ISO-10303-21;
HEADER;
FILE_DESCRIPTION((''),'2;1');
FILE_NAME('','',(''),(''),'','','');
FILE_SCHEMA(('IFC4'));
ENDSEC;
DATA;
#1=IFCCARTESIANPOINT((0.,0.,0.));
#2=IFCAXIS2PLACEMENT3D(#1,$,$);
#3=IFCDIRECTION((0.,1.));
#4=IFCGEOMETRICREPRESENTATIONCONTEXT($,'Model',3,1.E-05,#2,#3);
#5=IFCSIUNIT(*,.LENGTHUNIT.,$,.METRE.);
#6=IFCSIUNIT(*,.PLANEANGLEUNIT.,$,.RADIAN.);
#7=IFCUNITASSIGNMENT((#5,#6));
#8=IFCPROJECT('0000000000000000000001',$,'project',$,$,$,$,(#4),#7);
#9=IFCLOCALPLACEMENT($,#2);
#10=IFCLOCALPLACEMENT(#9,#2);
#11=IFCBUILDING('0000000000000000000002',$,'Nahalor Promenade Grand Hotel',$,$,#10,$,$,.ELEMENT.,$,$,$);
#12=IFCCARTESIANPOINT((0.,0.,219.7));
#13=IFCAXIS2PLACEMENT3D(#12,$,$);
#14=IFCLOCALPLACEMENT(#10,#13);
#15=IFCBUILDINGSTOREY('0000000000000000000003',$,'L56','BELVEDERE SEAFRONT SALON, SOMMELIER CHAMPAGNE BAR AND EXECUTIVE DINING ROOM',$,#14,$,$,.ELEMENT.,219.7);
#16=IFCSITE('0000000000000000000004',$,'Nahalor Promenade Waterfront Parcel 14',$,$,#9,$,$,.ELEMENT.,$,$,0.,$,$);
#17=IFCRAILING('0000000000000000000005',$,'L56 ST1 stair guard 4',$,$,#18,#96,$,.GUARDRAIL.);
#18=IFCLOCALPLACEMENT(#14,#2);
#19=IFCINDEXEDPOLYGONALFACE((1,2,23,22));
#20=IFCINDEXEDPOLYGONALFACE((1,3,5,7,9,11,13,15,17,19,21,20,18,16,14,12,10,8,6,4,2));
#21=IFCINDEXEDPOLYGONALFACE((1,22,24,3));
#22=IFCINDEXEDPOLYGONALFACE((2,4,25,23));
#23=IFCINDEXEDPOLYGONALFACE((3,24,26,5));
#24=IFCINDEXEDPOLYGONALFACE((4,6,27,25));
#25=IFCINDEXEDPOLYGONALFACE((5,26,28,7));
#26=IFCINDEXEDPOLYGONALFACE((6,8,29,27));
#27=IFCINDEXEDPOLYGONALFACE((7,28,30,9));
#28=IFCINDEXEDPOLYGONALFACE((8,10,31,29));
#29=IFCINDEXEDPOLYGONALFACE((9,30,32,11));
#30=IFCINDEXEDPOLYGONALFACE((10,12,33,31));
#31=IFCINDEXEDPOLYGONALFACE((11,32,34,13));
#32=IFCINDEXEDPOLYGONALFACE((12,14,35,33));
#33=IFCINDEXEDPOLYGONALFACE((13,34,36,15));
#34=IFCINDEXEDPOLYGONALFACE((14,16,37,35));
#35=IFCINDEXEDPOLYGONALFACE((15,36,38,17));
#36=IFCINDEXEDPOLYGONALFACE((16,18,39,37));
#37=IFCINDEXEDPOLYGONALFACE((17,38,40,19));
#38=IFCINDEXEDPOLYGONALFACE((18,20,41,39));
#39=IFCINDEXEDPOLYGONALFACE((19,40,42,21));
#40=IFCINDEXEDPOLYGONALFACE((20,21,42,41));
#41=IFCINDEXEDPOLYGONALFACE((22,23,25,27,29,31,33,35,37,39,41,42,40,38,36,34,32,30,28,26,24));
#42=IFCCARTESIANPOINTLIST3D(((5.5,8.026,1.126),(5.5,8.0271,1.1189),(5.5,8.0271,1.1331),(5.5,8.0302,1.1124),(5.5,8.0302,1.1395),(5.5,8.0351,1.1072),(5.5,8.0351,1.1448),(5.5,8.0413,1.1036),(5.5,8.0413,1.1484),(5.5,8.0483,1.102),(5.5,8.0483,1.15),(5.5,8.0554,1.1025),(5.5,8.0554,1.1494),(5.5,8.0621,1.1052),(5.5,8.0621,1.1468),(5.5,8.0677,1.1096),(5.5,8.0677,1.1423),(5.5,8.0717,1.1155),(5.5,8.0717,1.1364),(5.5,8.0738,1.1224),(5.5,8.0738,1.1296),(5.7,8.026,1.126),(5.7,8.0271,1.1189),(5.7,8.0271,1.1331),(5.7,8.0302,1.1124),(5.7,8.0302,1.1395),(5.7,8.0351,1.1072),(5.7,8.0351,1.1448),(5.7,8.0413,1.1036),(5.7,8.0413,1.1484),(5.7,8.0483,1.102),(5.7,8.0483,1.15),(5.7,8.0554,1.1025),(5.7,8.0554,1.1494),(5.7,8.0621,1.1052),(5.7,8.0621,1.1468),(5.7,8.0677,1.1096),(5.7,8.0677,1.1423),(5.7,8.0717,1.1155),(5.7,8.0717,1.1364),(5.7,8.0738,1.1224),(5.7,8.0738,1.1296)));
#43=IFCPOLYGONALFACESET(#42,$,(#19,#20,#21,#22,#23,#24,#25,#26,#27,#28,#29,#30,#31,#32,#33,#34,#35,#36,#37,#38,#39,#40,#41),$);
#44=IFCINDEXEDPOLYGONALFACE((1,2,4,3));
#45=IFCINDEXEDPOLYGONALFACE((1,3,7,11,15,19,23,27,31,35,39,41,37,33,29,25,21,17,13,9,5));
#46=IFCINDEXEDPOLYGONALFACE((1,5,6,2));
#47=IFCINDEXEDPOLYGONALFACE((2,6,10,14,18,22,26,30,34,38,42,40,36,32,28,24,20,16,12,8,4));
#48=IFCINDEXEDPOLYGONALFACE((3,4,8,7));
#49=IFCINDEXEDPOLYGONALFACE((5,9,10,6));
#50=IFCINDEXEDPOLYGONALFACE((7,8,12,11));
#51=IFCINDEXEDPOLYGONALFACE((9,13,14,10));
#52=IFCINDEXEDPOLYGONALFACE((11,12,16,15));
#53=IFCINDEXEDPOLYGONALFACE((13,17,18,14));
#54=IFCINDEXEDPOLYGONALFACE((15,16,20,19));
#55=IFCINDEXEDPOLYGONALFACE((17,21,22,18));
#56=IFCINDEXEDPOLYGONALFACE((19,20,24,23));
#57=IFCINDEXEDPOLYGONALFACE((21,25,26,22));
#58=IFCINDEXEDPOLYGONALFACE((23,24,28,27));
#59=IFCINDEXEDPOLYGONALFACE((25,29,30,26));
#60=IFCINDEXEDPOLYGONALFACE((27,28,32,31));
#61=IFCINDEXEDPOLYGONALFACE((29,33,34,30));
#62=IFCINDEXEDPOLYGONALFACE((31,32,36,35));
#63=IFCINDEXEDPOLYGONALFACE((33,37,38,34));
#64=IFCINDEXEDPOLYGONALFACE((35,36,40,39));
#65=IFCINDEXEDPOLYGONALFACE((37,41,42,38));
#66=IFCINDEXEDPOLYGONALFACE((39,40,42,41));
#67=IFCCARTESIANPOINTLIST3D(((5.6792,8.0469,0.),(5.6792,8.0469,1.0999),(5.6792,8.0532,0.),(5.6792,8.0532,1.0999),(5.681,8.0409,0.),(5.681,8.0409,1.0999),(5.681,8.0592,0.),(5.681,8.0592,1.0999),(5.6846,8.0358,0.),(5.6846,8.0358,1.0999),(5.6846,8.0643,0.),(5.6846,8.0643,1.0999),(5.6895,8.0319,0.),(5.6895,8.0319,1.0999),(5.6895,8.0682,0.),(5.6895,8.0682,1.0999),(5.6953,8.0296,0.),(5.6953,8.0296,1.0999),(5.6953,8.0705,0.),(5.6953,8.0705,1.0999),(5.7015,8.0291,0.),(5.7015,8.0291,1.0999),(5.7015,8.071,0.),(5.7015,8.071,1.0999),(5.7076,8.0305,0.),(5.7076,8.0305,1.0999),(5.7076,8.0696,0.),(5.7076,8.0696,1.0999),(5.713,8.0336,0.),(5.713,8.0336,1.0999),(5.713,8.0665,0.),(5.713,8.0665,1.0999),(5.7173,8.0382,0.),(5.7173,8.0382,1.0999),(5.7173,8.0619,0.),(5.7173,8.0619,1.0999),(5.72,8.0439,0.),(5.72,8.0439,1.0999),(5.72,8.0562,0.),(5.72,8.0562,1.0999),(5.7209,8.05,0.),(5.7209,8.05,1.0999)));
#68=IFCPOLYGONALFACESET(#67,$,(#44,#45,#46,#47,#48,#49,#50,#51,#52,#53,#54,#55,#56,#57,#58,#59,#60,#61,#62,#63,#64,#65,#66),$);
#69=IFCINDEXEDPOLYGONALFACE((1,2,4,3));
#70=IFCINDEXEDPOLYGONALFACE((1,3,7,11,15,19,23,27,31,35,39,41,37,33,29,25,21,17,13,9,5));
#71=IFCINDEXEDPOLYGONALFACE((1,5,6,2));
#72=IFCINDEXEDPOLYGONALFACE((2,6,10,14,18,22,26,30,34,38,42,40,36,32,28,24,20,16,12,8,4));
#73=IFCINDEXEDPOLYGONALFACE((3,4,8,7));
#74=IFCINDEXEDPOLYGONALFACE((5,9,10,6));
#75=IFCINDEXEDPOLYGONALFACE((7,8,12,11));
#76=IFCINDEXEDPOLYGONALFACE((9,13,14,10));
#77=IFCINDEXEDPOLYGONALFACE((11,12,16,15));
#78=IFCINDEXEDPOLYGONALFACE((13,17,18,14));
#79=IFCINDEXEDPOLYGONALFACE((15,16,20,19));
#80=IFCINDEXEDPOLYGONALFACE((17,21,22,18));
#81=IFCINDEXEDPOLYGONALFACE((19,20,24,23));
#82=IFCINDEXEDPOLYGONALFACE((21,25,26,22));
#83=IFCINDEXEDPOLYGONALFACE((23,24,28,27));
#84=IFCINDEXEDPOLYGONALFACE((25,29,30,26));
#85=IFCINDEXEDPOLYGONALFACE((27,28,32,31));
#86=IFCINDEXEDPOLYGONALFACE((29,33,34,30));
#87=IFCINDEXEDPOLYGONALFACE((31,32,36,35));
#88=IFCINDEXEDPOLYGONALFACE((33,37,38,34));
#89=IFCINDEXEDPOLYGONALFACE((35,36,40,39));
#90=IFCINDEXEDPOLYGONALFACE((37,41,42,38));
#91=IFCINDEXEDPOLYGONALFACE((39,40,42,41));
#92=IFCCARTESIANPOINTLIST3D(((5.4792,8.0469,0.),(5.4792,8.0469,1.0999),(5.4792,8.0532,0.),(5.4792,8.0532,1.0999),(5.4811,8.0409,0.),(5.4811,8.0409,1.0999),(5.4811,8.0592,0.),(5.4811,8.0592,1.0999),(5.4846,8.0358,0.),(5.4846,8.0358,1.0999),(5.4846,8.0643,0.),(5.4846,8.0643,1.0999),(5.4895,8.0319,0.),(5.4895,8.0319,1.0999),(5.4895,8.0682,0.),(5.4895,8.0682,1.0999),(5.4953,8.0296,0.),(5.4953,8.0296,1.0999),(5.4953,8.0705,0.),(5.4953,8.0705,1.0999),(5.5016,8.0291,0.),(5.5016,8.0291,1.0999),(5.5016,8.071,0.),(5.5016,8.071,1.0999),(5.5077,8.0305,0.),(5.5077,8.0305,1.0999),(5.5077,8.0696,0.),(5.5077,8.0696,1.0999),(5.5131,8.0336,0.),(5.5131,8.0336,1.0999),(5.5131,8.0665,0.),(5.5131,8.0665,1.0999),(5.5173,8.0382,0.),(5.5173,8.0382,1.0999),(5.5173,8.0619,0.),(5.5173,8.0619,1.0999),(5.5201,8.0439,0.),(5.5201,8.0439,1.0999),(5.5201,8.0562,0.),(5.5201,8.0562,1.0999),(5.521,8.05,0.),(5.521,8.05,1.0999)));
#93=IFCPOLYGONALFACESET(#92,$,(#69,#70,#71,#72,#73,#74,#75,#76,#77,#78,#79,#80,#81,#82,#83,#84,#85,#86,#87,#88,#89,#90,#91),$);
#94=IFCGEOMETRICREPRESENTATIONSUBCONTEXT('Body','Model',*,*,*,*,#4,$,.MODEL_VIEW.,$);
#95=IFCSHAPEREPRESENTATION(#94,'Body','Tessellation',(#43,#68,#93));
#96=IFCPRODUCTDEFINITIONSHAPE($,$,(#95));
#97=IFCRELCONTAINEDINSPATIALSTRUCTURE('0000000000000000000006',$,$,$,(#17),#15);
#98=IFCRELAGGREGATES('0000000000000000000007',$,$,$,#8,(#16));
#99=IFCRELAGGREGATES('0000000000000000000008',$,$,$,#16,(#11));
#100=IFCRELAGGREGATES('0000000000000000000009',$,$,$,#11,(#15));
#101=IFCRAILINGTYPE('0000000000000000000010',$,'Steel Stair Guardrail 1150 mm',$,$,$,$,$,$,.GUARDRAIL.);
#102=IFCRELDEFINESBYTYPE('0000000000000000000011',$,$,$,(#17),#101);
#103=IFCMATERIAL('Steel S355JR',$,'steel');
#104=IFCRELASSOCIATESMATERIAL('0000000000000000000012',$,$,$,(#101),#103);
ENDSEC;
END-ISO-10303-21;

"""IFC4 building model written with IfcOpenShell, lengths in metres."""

from ifc_helpers import new_model, si_unit, direction, frame, origin, origin_2d, place, context, subcontext, project, spatial, circle, extrude, material, type_object, element, save


model = new_model("IFC4")

# Units and contexts
model_context = context("Model", 3, precision=1e-05, world=origin(), true_north=direction((0.0, 1.0)))
body_context = subcontext(model_context, "Body", "Model", "MODEL_VIEW")
ifc_project = project(units=[si_unit("LENGTHUNIT", "METRE"), si_unit("PLANEANGLEUNIT", "RADIAN")], contexts=[model_context])

# Site, building, storey
site_placement = place(None, origin())
site = spatial("IfcSite", under=ifc_project, at=site_placement, Name="Nahalor Promenade Waterfront Parcel 14", CompositionType="ELEMENT", RefElevation=0.0)
building_placement = place(site_placement, origin())
building = spatial("IfcBuilding", under=site, at=building_placement, Name="Nahalor Promenade Grand Hotel", CompositionType="ELEMENT")
storey_placement = place(building_placement, frame((0.0, 0.0, 219.7)))
storey = spatial("IfcBuildingStorey", under=building, at=storey_placement, Name="L56", Description="BELVEDERE SEAFRONT SALON, SOMMELIER CHAMPAGNE BAR AND EXECUTIVE DINING ROOM", CompositionType="ELEMENT", Elevation=219.7)

# Shared definitions
ifc_material_1 = material(Name="Steel S355JR", Category="steel")

# Railing
railing_type_1 = type_object("IfcRailingType", Name="Steel Stair Guardrail 1150 mm", PredefinedType="GUARDRAIL", material=ifc_material_1)
railing_1_placement = place(storey_placement, frame((5.7, 8.05, 0.0)))
element("IfcRailing", 1, at=railing_1_placement, inside=storey, type_object=railing_type_1, Name="L56 ST1 stair guard 4", PredefinedType="GUARDRAIL", context=body_context, shape_type="SweptSolid", body=[
    extrude(circle(Radius=0.024, at=origin_2d()), frame((0.0, 0.0, 1.126), z_axis=(-1.0, 0.0, 0.0), x_axis=(0.0, -1.0, 0.0)), (0.0, 0.0, 1.0), 0.2),
    extrude(circle(Radius=0.021, at=origin_2d()), origin(), (0.0, 0.0, 1.0), 1.0999),
    extrude(circle(Radius=0.021, at=origin_2d()), frame((-0.2, 0.0, 0.0)), (0.0, 0.0, 1.0), 1.0999),
])

save(model, "model.ifc")
